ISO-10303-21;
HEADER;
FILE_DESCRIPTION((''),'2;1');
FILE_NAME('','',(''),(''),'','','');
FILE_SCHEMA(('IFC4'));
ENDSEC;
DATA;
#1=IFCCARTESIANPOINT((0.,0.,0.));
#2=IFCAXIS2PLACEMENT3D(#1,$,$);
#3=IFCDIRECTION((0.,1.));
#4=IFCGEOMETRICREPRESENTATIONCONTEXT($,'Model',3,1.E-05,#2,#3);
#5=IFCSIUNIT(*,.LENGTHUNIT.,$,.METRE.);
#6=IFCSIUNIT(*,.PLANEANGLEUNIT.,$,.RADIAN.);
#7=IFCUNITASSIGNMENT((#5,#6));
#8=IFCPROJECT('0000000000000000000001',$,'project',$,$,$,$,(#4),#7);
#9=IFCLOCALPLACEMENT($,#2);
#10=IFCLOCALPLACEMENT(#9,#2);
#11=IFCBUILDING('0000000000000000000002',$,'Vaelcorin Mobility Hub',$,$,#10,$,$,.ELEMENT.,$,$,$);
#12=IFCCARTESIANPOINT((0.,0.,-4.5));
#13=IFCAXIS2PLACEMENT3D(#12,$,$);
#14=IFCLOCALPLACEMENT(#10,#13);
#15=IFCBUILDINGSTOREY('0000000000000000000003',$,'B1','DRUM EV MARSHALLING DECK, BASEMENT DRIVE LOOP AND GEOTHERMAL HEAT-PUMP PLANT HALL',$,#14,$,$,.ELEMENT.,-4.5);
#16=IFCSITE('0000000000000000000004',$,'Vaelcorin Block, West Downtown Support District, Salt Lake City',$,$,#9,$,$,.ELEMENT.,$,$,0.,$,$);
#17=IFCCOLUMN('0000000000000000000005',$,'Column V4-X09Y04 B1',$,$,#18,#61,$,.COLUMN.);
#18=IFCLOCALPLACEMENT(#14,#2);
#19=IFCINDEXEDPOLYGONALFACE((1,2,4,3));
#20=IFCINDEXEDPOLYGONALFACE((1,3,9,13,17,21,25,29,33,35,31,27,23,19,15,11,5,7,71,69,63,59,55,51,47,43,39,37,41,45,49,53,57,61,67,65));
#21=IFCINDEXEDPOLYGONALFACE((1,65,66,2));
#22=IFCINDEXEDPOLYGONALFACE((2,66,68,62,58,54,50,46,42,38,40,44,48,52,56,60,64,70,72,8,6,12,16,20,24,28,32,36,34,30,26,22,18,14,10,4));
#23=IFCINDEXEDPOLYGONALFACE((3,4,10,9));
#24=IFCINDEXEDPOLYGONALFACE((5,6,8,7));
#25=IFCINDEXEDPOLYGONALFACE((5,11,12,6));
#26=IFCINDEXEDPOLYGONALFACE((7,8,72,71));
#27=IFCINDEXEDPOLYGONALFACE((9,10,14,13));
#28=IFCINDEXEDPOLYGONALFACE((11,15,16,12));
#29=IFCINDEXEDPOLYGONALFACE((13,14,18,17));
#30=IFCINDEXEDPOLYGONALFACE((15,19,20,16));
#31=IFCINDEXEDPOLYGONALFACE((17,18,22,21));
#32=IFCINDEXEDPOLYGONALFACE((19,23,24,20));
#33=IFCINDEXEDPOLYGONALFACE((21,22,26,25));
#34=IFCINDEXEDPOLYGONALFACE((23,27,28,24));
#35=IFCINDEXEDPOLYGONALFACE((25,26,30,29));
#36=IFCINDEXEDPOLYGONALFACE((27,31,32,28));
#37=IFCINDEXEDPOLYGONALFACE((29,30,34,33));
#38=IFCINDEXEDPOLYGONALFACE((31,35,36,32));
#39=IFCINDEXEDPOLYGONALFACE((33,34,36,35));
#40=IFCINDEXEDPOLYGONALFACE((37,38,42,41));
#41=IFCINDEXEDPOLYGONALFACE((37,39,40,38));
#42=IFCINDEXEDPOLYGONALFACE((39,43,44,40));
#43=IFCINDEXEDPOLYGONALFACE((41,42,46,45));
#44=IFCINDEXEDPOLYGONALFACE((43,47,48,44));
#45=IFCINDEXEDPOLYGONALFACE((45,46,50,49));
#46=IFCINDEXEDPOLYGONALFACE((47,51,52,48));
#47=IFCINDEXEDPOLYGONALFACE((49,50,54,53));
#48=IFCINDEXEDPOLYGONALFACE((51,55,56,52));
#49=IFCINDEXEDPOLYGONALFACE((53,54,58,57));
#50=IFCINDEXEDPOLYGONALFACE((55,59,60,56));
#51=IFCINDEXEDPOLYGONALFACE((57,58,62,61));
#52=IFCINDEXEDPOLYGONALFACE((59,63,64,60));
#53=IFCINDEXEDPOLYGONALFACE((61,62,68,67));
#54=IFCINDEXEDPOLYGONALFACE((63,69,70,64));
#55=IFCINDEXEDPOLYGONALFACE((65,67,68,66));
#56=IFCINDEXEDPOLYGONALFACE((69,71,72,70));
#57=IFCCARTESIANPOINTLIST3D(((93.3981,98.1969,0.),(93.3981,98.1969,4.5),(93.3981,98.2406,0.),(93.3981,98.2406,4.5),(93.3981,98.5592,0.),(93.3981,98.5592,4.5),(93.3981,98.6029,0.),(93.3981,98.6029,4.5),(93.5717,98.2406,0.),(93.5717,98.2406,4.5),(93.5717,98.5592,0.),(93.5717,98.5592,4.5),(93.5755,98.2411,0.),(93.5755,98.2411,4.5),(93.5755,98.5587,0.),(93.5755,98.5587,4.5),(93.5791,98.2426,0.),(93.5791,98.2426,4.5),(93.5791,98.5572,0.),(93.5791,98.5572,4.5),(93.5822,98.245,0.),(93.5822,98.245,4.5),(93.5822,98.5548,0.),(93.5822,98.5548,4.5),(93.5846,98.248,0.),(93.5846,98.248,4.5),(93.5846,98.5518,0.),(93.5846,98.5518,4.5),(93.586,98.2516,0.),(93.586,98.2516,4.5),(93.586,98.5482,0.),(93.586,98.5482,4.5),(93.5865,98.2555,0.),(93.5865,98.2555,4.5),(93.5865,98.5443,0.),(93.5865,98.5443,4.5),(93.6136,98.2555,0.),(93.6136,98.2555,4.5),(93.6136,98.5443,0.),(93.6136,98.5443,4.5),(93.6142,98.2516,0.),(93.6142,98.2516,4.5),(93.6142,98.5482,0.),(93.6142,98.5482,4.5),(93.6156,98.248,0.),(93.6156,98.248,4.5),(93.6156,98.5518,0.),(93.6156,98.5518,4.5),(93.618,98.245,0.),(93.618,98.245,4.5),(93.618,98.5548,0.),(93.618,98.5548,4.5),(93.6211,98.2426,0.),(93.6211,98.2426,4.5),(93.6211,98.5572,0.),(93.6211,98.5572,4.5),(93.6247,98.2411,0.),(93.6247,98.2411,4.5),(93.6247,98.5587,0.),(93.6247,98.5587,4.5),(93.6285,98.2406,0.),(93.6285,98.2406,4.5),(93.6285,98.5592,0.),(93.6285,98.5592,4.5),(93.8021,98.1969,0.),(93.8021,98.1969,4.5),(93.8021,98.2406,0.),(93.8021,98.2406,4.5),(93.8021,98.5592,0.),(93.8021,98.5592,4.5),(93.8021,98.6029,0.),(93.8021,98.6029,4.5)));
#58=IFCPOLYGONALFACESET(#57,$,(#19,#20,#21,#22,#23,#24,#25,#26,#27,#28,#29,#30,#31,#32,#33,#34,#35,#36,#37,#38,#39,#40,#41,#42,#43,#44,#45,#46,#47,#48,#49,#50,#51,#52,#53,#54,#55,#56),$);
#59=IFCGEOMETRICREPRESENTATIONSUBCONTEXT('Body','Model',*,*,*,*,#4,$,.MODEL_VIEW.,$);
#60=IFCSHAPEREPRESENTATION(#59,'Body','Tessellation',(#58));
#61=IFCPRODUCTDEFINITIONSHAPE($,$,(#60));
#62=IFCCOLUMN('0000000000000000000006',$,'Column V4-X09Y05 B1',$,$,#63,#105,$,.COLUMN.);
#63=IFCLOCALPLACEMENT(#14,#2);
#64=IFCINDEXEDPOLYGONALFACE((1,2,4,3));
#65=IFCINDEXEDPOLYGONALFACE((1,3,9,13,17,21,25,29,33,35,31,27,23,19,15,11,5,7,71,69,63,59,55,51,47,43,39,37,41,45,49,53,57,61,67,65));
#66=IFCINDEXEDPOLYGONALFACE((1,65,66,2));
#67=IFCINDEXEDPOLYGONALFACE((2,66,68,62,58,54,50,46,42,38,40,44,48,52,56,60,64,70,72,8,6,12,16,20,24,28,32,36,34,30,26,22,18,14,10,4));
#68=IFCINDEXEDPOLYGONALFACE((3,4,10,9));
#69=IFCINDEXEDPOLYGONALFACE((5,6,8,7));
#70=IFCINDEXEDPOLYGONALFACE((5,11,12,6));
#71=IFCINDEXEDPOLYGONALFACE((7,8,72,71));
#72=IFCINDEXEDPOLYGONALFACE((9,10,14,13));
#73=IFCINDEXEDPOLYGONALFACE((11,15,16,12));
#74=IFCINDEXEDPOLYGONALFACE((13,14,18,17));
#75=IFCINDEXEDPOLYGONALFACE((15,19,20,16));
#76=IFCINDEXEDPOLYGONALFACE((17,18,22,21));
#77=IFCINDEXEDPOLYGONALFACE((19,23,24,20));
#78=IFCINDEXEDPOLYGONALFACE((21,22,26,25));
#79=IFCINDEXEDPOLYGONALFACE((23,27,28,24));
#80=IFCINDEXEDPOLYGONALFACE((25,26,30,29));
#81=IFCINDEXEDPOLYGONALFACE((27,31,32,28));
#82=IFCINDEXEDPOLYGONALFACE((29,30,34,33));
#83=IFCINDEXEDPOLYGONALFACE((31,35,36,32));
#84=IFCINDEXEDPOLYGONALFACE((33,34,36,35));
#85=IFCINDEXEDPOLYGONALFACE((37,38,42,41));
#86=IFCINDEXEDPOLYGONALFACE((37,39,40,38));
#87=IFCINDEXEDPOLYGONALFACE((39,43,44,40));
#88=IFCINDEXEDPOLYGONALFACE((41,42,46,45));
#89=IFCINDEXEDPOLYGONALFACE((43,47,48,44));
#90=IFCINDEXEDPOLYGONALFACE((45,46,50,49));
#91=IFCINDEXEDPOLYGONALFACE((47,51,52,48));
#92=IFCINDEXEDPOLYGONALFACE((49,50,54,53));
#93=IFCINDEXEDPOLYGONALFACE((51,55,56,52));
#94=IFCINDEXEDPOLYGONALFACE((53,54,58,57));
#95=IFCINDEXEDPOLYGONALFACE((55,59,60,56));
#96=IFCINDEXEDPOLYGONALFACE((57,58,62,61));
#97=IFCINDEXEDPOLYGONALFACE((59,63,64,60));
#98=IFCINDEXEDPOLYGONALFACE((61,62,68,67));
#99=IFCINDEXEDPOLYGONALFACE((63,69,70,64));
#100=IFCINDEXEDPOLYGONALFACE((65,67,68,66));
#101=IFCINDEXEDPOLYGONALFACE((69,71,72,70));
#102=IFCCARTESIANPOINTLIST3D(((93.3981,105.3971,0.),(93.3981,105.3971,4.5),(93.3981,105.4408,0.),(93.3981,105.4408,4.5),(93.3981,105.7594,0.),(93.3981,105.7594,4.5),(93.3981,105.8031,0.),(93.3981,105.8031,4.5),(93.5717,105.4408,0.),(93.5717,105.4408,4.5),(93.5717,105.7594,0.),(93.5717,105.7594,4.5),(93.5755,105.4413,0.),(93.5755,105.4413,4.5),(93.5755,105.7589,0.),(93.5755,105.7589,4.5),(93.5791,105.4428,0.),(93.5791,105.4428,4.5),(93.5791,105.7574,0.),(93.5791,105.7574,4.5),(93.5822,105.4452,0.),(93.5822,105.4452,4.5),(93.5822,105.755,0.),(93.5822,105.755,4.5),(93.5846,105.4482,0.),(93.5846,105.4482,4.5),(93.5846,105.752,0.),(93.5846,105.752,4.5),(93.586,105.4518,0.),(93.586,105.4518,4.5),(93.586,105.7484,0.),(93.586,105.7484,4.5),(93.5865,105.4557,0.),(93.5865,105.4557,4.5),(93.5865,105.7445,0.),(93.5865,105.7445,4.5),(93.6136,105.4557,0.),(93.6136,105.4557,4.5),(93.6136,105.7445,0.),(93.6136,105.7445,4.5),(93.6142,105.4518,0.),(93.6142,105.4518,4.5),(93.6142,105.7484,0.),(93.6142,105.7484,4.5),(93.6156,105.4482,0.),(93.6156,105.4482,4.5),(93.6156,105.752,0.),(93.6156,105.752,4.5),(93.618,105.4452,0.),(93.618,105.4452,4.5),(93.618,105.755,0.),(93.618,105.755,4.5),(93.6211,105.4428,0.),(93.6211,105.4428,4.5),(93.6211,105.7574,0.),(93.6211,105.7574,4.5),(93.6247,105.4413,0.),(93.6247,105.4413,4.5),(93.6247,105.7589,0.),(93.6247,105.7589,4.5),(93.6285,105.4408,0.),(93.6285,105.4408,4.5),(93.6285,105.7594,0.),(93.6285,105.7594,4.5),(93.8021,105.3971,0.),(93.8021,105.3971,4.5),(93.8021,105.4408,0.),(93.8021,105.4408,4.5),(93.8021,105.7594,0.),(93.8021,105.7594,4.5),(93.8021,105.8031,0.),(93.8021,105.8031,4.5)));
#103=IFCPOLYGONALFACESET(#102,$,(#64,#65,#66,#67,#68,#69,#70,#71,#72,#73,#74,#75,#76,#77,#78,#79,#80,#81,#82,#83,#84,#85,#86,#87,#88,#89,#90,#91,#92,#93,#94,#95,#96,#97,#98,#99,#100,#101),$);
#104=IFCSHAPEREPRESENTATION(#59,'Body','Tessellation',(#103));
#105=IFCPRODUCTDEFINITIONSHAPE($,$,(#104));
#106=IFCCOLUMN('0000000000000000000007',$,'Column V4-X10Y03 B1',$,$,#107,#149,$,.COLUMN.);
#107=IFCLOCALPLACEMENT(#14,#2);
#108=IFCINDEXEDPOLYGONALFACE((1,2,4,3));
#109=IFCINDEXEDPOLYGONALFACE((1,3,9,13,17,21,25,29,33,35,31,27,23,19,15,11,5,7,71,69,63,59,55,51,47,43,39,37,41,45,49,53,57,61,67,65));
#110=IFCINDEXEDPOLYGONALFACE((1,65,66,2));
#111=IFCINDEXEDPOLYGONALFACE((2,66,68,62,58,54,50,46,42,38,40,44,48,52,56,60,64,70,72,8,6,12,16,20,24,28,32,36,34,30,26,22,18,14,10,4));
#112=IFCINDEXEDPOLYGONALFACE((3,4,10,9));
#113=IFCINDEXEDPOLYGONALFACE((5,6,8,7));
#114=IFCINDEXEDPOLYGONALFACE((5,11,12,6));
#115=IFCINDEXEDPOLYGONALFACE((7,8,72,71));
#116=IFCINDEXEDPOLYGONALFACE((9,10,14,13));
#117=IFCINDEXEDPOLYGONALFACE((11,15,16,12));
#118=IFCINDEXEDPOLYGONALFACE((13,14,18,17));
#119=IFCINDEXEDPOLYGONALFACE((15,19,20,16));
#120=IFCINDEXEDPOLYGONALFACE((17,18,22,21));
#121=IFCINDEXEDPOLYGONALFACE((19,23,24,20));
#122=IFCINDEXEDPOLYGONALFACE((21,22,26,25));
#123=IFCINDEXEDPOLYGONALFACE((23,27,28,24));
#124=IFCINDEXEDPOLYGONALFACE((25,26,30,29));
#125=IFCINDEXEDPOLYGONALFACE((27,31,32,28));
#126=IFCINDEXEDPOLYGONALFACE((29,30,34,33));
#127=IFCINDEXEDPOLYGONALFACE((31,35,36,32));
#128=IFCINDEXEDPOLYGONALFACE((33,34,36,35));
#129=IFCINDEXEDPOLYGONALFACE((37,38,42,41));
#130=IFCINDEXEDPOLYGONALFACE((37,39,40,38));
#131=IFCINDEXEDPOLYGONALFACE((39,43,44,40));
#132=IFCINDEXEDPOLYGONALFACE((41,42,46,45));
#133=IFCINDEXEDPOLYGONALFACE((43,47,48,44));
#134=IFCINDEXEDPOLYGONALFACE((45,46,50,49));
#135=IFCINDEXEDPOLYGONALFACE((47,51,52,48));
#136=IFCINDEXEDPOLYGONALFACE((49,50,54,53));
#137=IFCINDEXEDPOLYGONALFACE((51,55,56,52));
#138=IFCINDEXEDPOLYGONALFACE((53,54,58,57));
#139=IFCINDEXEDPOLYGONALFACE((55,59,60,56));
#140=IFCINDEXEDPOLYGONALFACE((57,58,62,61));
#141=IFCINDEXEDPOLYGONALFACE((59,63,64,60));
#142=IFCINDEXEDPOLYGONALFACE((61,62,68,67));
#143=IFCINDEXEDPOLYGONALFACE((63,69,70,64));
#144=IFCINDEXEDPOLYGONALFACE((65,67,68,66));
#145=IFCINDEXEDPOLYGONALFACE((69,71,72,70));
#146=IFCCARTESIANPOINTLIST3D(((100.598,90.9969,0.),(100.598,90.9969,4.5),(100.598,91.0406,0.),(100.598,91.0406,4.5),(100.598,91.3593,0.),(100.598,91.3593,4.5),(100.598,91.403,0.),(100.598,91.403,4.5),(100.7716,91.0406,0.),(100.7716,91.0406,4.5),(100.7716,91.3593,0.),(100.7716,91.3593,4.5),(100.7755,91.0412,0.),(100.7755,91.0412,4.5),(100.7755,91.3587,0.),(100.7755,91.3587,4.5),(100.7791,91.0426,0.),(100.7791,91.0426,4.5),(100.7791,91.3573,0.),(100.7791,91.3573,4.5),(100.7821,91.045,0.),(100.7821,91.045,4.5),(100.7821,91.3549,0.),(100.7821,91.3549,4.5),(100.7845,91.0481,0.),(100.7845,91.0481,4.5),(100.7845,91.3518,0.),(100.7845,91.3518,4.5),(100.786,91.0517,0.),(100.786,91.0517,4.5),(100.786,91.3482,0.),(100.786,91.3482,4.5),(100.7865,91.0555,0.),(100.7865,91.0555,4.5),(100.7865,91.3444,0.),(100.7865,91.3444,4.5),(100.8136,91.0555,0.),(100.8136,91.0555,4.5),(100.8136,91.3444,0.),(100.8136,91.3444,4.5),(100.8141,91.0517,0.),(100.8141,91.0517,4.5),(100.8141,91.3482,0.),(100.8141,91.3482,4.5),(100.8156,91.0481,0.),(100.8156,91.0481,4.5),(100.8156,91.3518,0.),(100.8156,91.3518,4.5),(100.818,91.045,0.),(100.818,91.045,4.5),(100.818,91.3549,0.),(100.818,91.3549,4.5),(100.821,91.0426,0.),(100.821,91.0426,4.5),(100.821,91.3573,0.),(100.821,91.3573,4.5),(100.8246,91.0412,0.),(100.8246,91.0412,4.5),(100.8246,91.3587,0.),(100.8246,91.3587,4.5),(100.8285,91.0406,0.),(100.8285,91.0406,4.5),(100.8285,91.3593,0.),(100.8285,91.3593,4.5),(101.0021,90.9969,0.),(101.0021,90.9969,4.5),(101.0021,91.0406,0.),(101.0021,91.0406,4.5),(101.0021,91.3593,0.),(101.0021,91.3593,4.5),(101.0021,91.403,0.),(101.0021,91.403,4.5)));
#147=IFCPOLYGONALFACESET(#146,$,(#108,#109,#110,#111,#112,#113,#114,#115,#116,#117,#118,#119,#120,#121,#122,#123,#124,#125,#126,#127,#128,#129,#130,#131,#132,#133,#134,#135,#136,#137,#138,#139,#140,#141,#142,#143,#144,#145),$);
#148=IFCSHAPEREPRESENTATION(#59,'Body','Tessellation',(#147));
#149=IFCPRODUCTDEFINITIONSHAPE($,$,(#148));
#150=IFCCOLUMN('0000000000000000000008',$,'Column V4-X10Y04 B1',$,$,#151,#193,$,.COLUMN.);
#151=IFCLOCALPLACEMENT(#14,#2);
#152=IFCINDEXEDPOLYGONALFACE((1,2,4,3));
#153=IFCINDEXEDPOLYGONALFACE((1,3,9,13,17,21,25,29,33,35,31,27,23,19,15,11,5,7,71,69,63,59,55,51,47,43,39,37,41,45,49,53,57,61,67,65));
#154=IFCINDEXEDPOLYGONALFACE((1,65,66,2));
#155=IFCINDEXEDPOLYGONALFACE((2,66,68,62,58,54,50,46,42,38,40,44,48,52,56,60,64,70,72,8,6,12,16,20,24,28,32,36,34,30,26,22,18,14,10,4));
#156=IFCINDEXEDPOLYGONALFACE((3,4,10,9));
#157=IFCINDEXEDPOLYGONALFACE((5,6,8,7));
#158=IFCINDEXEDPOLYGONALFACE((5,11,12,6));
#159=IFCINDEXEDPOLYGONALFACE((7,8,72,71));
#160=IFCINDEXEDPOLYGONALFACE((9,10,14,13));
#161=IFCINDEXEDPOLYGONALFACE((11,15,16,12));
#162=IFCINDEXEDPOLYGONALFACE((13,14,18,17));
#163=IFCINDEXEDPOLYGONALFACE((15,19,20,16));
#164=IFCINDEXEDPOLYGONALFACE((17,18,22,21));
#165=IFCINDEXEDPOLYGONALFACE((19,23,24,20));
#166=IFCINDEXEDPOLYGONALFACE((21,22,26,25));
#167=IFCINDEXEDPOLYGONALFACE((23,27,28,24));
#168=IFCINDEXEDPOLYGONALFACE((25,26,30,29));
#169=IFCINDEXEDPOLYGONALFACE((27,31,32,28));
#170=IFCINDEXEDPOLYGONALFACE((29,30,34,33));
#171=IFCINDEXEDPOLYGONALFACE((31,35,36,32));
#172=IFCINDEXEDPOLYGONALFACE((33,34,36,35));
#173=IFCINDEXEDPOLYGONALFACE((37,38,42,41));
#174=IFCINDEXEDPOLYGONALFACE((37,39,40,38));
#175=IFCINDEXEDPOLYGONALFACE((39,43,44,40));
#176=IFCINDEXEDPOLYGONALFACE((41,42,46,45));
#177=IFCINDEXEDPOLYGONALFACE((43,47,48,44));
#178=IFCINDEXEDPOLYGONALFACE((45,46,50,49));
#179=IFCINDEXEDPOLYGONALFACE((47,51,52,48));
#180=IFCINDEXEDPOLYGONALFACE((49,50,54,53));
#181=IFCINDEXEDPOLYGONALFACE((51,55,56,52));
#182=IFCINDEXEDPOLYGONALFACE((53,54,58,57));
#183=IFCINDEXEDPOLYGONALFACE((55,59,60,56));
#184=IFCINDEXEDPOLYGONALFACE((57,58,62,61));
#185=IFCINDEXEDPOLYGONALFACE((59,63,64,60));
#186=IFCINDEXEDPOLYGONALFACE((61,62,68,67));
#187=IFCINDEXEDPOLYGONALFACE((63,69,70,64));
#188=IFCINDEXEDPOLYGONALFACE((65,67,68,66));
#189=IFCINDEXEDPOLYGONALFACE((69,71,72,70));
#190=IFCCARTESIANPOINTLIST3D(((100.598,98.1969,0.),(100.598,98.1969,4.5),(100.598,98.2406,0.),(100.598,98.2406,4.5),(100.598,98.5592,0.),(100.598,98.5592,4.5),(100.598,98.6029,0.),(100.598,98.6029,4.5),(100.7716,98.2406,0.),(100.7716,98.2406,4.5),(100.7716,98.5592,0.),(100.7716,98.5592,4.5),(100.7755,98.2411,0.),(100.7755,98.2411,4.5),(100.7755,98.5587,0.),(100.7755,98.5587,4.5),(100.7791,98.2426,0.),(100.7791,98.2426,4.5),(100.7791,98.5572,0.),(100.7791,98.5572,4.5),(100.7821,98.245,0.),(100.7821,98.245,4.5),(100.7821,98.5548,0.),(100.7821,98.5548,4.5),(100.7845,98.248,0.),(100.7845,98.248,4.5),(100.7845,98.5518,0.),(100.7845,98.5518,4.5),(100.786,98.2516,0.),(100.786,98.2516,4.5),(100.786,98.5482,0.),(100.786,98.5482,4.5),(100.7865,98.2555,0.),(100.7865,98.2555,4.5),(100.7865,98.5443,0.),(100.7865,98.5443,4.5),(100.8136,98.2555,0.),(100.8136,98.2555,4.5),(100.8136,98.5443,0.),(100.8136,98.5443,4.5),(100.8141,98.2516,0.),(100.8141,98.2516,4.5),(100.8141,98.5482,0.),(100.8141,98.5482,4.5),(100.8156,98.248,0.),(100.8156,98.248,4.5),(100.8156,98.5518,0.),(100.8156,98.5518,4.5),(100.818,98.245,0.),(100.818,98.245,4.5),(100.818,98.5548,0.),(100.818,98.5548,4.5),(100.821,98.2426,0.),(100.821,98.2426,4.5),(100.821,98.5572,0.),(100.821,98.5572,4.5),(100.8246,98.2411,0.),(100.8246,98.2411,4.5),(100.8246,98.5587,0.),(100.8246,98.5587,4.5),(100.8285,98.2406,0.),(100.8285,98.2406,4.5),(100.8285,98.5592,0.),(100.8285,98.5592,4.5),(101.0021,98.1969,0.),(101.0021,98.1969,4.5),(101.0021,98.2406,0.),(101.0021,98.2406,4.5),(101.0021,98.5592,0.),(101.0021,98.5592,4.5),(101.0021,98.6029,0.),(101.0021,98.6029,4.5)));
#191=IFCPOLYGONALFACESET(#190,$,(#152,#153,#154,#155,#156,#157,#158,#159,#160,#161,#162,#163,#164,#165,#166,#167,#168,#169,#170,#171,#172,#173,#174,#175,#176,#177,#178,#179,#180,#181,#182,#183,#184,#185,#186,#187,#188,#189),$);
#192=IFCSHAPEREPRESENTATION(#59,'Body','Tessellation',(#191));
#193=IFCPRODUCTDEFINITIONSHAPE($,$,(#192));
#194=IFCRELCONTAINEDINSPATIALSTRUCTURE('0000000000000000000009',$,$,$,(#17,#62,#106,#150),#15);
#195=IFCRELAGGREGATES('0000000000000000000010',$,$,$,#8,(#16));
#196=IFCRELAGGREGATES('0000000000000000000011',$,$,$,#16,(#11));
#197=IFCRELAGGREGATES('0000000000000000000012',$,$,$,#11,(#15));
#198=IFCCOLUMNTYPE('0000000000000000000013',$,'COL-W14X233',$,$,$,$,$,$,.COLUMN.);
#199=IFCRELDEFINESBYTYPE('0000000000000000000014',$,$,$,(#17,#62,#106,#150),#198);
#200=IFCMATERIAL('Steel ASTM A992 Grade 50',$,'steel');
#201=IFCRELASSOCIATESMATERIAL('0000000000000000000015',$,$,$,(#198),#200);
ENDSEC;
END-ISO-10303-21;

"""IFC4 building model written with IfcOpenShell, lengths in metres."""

from ifc_helpers import new_model, si_unit, direction, frame, origin, origin_2d, place, context, subcontext, project, spatial, i_section, extrude, material, material_profile, profile_set, type_object, element, save


model = new_model("IFC4")

# Units and contexts
model_context = context("Model", 3, precision=1e-05, world=origin(), true_north=direction((0.0, 1.0)))
body_context = subcontext(model_context, "Body", "Model", "MODEL_VIEW")
ifc_project = project(units=[si_unit("LENGTHUNIT", "METRE"), si_unit("PLANEANGLEUNIT", "RADIAN")], contexts=[model_context])

# Site, building, storey
site_placement = place(None, origin())
site = spatial("IfcSite", under=ifc_project, at=site_placement, Name="Vaelcorin Block, West Downtown Support District, Salt Lake City", CompositionType="ELEMENT", RefElevation=0.0)
building_placement = place(site_placement, origin())
building = spatial("IfcBuilding", under=site, at=building_placement, Name="Vaelcorin Mobility Hub", CompositionType="ELEMENT")
storey_placement = place(building_placement, frame((0.0, 0.0, -4.5)))
storey = spatial("IfcBuildingStorey", under=building, at=storey_placement, Name="B1", Description="DRUM EV MARSHALLING DECK, BASEMENT DRIVE LOOP AND GEOTHERMAL HEAT-PUMP PLANT HALL", CompositionType="ELEMENT", Elevation=-4.5)

# Columns
ifc_material_1 = material(Name="Steel ASTM A992 Grade 50", Category="steel")
ifc_material_profile_1 = material_profile(ifc_material_1, i_section(OverallWidth=0.4041, OverallDepth=0.406, WebThickness=0.0271, FlangeThickness=0.0437, FilletRadius=0.0149, at=origin_2d()), Name="W14X233")
ifc_profile_set_1 = profile_set([ifc_material_profile_1], Name="Steel ASTM A992 Grade 50")
column_type = type_object("IfcColumnType", Name="COL-W14X233", PredefinedType="COLUMN", material=ifc_profile_set_1)
for number, where, z_axis, x_axis, name in (
    (1, (93.6001, 98.3999, 0.0), (0.0, 0.0, 1.0), (1.0, 0.0, 0.0), "Column V4-X09Y04 B1"),
    (2, (93.6001, 105.6001, 0.0), (0.0, 0.0, 1.0), (1.0, 0.0, 0.0), "Column V4-X09Y05 B1"),
    (3, (100.8, 91.2, 0.0), (0.0, 0.0, 1.0), (1.0, 0.0, 0.0), "Column V4-X10Y03 B1"),
    (4, (100.8, 98.3999, 0.0), (0.0, 0.0, 1.0), (1.0, 0.0, 0.0), "Column V4-X10Y04 B1"),
):
    element("IfcColumn", number, at=place(storey_placement, frame(where, z_axis=z_axis, x_axis=x_axis)), inside=storey, type_object=column_type, Name=name, PredefinedType="COLUMN", context=body_context, shape_type="SweptSolid", body=[
        extrude(i_section(OverallWidth=0.4041, OverallDepth=0.406, WebThickness=0.0271, FlangeThickness=0.0437, FilletRadius=0.0149, at=origin_2d()), origin(), (0.0, 0.0, 1.0), 4.5),
    ])

save(model, "model.ifc")
